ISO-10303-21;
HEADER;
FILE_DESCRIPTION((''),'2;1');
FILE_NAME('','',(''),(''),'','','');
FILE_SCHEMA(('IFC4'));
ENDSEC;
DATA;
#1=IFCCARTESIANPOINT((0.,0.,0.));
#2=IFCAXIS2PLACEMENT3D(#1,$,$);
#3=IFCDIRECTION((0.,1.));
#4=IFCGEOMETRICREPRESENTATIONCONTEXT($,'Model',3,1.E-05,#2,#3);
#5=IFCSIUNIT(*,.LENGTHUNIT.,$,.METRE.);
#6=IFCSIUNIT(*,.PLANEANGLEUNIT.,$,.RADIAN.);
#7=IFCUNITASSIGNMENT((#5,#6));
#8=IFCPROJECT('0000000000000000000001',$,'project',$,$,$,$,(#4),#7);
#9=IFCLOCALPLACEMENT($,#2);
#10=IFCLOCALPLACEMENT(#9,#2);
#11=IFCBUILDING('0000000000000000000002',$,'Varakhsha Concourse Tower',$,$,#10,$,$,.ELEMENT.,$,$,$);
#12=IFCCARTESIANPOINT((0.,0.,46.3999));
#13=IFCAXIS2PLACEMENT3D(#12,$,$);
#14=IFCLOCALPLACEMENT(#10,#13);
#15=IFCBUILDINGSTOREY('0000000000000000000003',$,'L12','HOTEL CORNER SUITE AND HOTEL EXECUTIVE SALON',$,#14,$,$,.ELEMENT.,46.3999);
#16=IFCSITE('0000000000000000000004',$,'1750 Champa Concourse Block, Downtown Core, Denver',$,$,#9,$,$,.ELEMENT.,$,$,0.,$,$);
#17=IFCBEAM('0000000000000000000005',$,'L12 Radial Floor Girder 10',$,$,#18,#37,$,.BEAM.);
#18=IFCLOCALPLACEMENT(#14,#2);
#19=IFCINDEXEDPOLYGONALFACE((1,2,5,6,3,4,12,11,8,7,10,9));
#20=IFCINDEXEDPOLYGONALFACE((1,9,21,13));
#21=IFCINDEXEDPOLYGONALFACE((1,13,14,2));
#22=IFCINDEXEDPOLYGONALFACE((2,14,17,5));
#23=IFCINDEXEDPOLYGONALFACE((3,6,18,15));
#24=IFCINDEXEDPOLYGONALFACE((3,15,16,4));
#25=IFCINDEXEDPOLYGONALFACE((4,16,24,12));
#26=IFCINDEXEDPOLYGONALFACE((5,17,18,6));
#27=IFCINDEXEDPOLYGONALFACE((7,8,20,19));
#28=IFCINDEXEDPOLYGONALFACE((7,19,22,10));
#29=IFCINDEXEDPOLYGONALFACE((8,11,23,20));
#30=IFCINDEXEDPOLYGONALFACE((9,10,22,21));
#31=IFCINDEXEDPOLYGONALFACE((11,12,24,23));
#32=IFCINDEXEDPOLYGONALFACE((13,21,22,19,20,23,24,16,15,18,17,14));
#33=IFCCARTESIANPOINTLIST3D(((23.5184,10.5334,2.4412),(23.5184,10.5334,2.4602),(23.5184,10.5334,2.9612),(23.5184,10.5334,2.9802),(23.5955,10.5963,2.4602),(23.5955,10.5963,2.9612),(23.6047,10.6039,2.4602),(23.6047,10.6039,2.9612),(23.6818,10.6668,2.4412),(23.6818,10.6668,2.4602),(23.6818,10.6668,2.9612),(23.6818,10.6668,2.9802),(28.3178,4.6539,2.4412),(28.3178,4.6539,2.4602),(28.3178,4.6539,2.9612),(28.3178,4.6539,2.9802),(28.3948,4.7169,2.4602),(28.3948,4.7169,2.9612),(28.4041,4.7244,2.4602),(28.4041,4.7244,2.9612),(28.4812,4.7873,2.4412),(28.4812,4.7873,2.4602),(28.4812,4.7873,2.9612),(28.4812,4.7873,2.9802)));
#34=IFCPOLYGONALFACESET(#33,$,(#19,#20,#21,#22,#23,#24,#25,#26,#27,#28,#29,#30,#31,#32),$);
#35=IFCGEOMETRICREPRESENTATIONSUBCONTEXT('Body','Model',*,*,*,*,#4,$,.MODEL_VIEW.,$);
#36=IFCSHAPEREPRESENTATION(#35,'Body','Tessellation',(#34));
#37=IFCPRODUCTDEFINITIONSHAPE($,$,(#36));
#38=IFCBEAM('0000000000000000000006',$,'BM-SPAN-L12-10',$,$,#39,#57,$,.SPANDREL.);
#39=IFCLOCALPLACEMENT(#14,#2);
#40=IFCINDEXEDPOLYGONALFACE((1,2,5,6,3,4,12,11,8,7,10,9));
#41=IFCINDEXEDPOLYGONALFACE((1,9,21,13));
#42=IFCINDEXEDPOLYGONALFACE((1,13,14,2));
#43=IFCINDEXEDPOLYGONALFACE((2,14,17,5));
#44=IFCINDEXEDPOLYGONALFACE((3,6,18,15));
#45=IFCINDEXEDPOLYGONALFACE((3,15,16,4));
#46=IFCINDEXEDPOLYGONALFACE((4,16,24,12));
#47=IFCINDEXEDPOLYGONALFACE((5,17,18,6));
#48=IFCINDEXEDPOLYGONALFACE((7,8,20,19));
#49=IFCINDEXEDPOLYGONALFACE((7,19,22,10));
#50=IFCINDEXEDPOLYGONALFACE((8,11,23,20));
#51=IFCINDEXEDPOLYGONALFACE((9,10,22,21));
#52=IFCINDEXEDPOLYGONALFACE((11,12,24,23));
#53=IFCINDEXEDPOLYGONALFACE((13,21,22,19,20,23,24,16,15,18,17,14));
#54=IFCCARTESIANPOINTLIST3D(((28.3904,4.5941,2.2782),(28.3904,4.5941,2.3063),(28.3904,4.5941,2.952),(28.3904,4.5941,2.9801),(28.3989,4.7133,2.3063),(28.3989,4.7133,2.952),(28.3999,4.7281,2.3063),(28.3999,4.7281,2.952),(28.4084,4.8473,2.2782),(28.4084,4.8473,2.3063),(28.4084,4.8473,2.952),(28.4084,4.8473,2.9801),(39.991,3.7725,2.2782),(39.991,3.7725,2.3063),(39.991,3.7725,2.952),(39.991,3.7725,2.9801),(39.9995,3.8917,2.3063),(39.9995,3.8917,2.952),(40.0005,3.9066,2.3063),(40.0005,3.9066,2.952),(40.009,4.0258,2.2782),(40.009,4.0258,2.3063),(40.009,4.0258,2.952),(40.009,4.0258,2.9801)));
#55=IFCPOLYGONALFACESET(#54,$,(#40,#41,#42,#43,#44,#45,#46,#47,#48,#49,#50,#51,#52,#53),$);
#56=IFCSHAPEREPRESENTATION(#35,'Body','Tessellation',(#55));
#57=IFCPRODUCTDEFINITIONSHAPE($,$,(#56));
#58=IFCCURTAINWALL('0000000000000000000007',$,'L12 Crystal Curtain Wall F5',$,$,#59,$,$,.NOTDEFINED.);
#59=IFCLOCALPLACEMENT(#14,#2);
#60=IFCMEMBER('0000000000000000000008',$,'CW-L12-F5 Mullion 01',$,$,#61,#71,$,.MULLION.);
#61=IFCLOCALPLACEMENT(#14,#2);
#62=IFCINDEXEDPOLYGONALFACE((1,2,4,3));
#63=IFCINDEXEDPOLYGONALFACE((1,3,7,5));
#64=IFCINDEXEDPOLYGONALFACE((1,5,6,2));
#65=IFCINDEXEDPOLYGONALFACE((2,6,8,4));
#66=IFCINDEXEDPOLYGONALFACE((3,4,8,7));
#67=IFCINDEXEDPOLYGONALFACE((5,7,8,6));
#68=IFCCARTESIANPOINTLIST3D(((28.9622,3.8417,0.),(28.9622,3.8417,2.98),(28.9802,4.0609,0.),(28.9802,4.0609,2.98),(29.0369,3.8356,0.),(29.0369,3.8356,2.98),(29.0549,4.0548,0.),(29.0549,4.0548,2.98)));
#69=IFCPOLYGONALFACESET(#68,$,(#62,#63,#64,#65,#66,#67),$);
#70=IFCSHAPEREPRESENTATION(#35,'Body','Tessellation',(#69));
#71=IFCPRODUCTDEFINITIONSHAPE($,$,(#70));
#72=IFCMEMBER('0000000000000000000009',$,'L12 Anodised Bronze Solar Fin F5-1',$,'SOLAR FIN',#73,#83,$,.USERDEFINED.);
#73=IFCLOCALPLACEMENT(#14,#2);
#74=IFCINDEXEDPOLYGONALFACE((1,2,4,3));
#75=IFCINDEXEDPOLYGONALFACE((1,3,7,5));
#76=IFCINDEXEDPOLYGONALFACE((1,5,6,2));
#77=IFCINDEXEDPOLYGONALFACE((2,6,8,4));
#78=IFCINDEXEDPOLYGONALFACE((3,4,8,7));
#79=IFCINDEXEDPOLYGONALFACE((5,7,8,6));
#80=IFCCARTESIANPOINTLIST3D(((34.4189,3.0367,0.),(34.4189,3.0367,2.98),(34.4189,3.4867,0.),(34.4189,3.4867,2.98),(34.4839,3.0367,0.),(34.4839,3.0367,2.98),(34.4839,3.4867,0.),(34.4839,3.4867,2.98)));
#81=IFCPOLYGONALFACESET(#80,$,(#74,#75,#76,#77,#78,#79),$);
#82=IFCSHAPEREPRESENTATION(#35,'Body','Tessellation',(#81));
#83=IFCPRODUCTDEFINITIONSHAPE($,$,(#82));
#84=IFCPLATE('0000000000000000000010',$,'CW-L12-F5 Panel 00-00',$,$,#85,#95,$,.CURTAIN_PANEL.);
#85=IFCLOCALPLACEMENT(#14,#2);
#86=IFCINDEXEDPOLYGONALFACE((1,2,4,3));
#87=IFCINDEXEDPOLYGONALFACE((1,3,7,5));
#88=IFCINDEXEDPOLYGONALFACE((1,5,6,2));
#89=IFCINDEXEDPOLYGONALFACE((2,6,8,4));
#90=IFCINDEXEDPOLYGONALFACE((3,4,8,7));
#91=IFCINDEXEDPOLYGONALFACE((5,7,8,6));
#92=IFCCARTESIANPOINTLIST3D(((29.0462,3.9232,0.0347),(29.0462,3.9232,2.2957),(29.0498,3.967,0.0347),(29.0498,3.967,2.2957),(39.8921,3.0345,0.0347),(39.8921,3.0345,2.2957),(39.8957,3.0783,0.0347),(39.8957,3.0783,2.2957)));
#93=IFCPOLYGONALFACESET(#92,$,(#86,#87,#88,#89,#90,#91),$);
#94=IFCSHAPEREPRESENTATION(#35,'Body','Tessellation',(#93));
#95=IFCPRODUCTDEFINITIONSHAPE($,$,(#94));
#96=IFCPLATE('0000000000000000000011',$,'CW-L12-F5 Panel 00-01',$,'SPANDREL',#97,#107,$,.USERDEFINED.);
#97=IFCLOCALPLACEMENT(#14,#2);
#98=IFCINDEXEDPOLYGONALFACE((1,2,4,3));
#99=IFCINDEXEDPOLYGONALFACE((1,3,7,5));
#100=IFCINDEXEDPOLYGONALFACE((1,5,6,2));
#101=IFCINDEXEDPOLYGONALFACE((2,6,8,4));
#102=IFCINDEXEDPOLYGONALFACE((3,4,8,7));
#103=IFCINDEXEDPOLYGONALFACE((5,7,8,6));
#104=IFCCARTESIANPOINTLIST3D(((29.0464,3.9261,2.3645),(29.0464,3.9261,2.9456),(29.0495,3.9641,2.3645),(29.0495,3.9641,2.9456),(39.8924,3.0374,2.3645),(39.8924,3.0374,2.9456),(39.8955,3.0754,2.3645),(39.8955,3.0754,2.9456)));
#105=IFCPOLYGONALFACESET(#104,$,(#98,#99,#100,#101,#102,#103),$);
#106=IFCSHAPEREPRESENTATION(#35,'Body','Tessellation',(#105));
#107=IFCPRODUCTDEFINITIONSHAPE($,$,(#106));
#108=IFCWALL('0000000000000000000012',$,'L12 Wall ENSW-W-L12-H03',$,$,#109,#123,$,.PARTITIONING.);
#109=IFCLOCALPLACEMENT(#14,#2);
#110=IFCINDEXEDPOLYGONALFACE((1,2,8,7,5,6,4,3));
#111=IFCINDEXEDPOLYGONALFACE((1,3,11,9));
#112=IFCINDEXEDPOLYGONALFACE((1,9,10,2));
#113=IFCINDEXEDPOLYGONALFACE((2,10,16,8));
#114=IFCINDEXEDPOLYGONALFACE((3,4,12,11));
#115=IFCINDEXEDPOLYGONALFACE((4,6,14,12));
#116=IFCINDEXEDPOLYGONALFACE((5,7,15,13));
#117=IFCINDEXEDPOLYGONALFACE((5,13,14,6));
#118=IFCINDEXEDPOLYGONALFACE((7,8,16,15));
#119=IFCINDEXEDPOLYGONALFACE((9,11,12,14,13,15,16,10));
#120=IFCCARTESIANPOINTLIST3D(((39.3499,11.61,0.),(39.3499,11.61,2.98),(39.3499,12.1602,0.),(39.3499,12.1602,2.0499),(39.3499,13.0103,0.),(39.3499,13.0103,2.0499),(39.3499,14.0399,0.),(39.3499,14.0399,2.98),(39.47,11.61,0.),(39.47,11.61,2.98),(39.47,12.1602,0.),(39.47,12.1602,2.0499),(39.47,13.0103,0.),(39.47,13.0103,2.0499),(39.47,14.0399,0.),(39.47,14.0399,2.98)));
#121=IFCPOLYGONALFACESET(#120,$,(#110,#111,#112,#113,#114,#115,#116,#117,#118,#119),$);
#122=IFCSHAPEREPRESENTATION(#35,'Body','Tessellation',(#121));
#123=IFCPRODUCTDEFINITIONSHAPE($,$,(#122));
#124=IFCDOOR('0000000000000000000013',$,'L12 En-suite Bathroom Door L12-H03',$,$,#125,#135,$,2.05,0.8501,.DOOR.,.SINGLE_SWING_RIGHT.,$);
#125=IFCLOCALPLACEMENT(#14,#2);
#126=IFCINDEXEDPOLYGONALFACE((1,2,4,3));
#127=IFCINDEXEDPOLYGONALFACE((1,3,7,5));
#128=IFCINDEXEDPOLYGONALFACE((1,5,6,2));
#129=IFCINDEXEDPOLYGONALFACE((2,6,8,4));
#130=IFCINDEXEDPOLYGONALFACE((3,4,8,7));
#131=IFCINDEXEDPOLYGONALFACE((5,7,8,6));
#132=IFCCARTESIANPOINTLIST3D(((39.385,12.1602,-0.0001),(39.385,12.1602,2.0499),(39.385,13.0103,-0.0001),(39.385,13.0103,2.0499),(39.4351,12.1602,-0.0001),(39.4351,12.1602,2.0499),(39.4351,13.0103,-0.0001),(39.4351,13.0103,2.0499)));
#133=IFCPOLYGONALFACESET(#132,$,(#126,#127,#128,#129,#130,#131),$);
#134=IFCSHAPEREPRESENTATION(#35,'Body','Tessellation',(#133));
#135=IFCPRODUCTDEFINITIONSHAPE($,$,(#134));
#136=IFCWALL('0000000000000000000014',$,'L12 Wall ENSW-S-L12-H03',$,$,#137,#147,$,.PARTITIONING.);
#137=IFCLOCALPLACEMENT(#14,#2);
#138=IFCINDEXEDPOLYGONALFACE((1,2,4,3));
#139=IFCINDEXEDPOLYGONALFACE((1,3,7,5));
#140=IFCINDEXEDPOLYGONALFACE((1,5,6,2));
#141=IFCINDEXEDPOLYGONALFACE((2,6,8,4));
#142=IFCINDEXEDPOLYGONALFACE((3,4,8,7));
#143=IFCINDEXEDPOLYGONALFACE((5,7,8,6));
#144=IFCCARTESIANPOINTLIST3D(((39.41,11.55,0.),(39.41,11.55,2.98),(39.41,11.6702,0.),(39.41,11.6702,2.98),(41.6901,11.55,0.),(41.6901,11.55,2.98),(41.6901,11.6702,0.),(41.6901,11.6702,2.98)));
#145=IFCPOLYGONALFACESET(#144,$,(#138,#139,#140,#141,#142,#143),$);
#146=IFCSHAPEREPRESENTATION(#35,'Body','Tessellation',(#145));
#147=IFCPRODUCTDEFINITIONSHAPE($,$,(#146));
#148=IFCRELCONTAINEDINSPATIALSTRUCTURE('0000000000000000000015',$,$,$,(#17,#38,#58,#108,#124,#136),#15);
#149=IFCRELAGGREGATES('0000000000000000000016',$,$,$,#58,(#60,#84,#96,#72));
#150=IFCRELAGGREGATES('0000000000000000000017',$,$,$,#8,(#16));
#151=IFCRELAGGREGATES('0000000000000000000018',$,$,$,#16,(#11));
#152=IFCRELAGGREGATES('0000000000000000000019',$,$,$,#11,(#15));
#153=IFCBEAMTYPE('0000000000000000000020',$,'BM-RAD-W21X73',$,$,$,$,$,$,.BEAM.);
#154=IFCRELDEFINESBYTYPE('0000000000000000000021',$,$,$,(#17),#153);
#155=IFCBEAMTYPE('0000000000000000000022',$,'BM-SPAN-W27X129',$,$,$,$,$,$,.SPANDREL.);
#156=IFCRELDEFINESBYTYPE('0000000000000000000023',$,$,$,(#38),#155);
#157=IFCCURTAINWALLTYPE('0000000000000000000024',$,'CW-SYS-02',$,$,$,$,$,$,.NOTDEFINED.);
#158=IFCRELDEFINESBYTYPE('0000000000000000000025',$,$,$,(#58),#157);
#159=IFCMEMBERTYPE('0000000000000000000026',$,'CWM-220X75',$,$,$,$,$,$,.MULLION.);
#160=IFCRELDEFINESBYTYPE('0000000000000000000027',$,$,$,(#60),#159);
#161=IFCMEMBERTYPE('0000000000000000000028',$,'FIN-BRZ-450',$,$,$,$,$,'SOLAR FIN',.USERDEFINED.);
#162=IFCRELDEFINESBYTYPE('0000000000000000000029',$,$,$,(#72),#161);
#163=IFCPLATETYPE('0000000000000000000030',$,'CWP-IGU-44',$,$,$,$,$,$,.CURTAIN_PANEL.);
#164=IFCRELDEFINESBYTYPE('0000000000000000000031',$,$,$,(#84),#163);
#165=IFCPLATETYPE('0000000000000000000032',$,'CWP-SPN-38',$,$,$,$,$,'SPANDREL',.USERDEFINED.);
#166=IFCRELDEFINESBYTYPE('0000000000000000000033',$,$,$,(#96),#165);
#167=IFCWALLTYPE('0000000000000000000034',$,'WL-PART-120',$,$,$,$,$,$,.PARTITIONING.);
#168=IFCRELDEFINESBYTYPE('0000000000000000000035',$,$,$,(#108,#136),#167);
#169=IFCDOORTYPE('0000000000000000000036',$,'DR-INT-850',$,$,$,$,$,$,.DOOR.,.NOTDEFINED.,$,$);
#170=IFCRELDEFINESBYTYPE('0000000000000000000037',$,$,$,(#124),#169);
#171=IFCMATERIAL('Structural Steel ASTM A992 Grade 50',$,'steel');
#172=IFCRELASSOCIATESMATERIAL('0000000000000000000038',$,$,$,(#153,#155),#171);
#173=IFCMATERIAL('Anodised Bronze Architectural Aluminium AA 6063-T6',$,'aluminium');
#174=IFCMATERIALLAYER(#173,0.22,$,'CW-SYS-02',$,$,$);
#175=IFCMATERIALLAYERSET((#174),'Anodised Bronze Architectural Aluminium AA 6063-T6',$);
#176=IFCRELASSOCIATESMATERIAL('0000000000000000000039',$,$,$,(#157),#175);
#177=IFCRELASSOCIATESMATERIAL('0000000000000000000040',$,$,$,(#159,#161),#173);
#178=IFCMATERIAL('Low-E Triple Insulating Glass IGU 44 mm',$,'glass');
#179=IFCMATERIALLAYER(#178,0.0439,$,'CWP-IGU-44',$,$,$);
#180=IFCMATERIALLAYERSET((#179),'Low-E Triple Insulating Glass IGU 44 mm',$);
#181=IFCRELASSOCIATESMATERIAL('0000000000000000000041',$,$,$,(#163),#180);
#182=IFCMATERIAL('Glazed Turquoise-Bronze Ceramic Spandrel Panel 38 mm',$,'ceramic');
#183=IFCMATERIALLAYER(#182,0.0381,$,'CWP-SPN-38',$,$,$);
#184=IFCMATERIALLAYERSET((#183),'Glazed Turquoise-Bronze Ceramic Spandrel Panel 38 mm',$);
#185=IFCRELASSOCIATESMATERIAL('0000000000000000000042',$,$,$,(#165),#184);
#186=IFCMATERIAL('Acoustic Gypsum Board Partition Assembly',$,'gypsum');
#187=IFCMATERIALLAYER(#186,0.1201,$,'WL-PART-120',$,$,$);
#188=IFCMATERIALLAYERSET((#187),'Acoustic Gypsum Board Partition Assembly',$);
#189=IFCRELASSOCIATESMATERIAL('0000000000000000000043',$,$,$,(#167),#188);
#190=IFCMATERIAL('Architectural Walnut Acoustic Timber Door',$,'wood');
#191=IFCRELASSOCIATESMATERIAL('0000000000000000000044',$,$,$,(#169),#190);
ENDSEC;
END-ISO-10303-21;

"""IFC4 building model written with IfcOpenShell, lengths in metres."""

from ifc_helpers import new_model, si_unit, direction, frame, frame_2d, origin, origin_2d, place, context, subcontext, project, spatial, rectangle, i_section, extrude, source, transform, mapped, material, layer, layer_set, material_profile, profile_set, type_object, type_shapes, element, fill, aggregate, save


model = new_model("IFC4")

# Units and contexts
model_context = context("Model", 3, precision=1e-05, world=origin(), true_north=direction((0.0, 1.0)))
body_context = subcontext(model_context, "Body", "Model", "MODEL_VIEW")
ifc_project = project(units=[si_unit("LENGTHUNIT", "METRE"), si_unit("PLANEANGLEUNIT", "RADIAN")], contexts=[model_context])

# Site, building, storey
site_placement = place(None, origin())
site = spatial("IfcSite", under=ifc_project, at=site_placement, Name="1750 Champa Concourse Block, Downtown Core, Denver", CompositionType="ELEMENT", RefElevation=0.0)
building_placement = place(site_placement, origin())
building = spatial("IfcBuilding", under=site, at=building_placement, Name="Varakhsha Concourse Tower", CompositionType="ELEMENT")
storey_placement = place(building_placement, frame((0.0, 0.0, 46.3999)))
storey = spatial("IfcBuildingStorey", under=building, at=storey_placement, Name="L12", Description="HOTEL CORNER SUITE AND HOTEL EXECUTIVE SALON", CompositionType="ELEMENT", Elevation=46.3999)

# Shared definitions
ifc_material_1 = material(Name="Structural Steel ASTM A992 Grade 50", Category="steel")

# Beams
ifc_material_profile_1 = material_profile(ifc_material_1, i_section(OverallWidth=0.2109, OverallDepth=0.5391, WebThickness=0.012, FlangeThickness=0.019, at=origin_2d()), Name="W21X73")
ifc_profile_set_1 = profile_set([ifc_material_profile_1], Name="Structural Steel ASTM A992 Grade 50")
beam_type_1 = type_object("IfcBeamType", Name="BM-RAD-W21X73", PredefinedType="BEAM", material=ifc_profile_set_1)
beam_1_placement = place(storey_placement, frame((23.6001, 10.6001, 2.7107), z_axis=(0.632362, -0.774673, 0.0), x_axis=(0.774673, 0.632362, 0.0)))
element("IfcBeam", 1, at=beam_1_placement, inside=storey, type_object=beam_type_1, Name="L12 Radial Floor Girder 10", PredefinedType="BEAM", context=body_context, shape_type="SweptSolid", body=[
    extrude(i_section(OverallWidth=0.2109, OverallDepth=0.5391, WebThickness=0.012, FlangeThickness=0.019, at=origin_2d()), origin(), (0.0, 0.0, 1.0), 7.5896),
])
ifc_material_profile_2 = material_profile(ifc_material_1, i_section(OverallWidth=0.2539, OverallDepth=0.7019, WebThickness=0.0149, FlangeThickness=0.0281, at=origin_2d()), Name="W27X129")
ifc_profile_set_2 = profile_set([ifc_material_profile_2], Name="Structural Steel ASTM A992 Grade 50")
beam_type_2 = type_object("IfcBeamType", Name="BM-SPAN-W27X129", PredefinedType="SPANDREL", material=ifc_profile_set_2)
beam_2_placement = place(storey_placement, frame((28.3994, 4.7207, 2.6292), z_axis=(0.997502, -0.070641, 0.0), x_axis=(0.070641, 0.997502, 0.0)))
element("IfcBeam", 2, at=beam_2_placement, inside=storey, type_object=beam_type_2, Name="BM-SPAN-L12-10", PredefinedType="SPANDREL", context=body_context, shape_type="SweptSolid", body=[
    extrude(i_section(OverallWidth=0.2539, OverallDepth=0.7019, WebThickness=0.0149, FlangeThickness=0.0281, at=origin_2d()), origin(), (0.0, 0.0, 1.0), 11.6296),
])

# Curtain wall, members, plates
ifc_material_2 = material(Name="Anodised Bronze Architectural Aluminium AA 6063-T6", Category="aluminium")
ifc_layer_1 = layer(ifc_material_2, 0.22, Name="CW-SYS-02")
ifc_layer_set_1 = layer_set([ifc_layer_1], Name="Anodised Bronze Architectural Aluminium AA 6063-T6")
curtain_wall_type = type_object("IfcCurtainWallType", Name="CW-SYS-02", PredefinedType="NOTDEFINED", material=ifc_layer_set_1)
curtain_wall_placement = place(storey_placement, origin())
curtain_wall = element("IfcCurtainWall", 3, at=curtain_wall_placement, inside=storey, type_object=curtain_wall_type, Name="L12 Crystal Curtain Wall F5", PredefinedType="NOTDEFINED")
ifc_material_profile_3 = material_profile(ifc_material_2, rectangle(XDim=0.075, YDim=0.22, at=origin_2d()), Name="CWM-220X75")
ifc_profile_set_3 = profile_set([ifc_material_profile_3], Name="Anodised Bronze Architectural Aluminium AA 6063-T6")
member_type_1 = type_object("IfcMemberType", Name="CWM-220X75", PredefinedType="MULLION", material=ifc_profile_set_3)
shared_shape_1 = source(origin(), body_context, "Body", "SweptSolid", [
    extrude(rectangle(XDim=0.075, YDim=0.22, at=origin_2d()), origin(), (0.0, 0.0, 1.0), 2.98),
])
type_shapes(member_type_1, [shared_shape_1])
member_1_placement = place(storey_placement, frame((29.0085, 3.9482, 0.0), z_axis=(0.0, 0.0, 1.0), x_axis=(-0.99666, 0.081664, 0.0)))
member_1 = element("IfcMember", 4, at=member_1_placement, type_object=member_type_1, Name="CW-L12-F5 Mullion 01", PredefinedType="MULLION", context=body_context, shape_type="MappedRepresentation", body=[
    mapped(shared_shape_1, transform((0.0, 0.0, 0.0), scale=1.0)),
])
ifc_material_profile_4 = material_profile(ifc_material_2, rectangle(XDim=0.0649, YDim=0.45, at=origin_2d()), Name="FIN-BRZ-450")
ifc_profile_set_4 = profile_set([ifc_material_profile_4], Name="Anodised Bronze Architectural Aluminium AA 6063-T6")
member_type_2 = type_object("IfcMemberType", Name="FIN-BRZ-450", ElementType="SOLAR FIN", PredefinedType="USERDEFINED", material=ifc_profile_set_4)
shared_shape_2 = source(origin(), body_context, "Body", "SweptSolid", [
    extrude(rectangle(XDim=0.0649, YDim=0.45, at=origin_2d()), origin(), (0.0, 0.0, 1.0), 2.98),
])
type_shapes(member_type_2, [shared_shape_2])
member_2_placement = place(storey_placement, frame((34.4514, 3.2617, 0.0), z_axis=(0.0, 0.0, 1.0), x_axis=(1.0, 0.0, 0.0)))
member_2 = element("IfcMember", 5, at=member_2_placement, type_object=member_type_2, Name="L12 Anodised Bronze Solar Fin F5-1", ObjectType="SOLAR FIN", PredefinedType="USERDEFINED", context=body_context, shape_type="MappedRepresentation", body=[
    mapped(shared_shape_2, transform((0.0, 0.0, 0.0), scale=1.0)),
])
ifc_material_3 = material(Name="Low-E Triple Insulating Glass IGU 44 mm", Category="glass")
ifc_layer_2 = layer(ifc_material_3, 0.0439, Name="CWP-IGU-44")
ifc_layer_set_2 = layer_set([ifc_layer_2], Name="Low-E Triple Insulating Glass IGU 44 mm")
plate_type_1 = type_object("IfcPlateType", Name="CWP-IGU-44", PredefinedType="CURTAIN_PANEL", material=ifc_layer_set_2)
shared_shape_3 = source(origin(), body_context, "Body", "SweptSolid", [
    extrude(rectangle(XDim=10.8823, YDim=0.0439, at=origin_2d()), origin(), (0.0, 0.0, 1.0), 2.261),
])
type_shapes(plate_type_1, [shared_shape_3])
plate_1_placement = place(storey_placement, frame((34.4709, 3.5007, 0.0347), z_axis=(0.0, 0.0, 1.0), x_axis=(-0.99666, 0.081664, 0.0)))
plate_1 = element("IfcPlate", 6, at=plate_1_placement, type_object=plate_type_1, Name="CW-L12-F5 Panel 00-00", PredefinedType="CURTAIN_PANEL", context=body_context, shape_type="MappedRepresentation", body=[
    mapped(shared_shape_3, transform((0.0, 0.0, 0.0), scale=1.0)),
])
ifc_material_4 = material(Name="Glazed Turquoise-Bronze Ceramic Spandrel Panel 38 mm", Category="ceramic")
ifc_layer_3 = layer(ifc_material_4, 0.0381, Name="CWP-SPN-38")
ifc_layer_set_3 = layer_set([ifc_layer_3], Name="Glazed Turquoise-Bronze Ceramic Spandrel Panel 38 mm")
plate_type_2 = type_object("IfcPlateType", Name="CWP-SPN-38", ElementType="SPANDREL", PredefinedType="USERDEFINED", material=ifc_layer_set_3)
shared_shape_4 = source(origin(), body_context, "Body", "SweptSolid", [
    extrude(rectangle(XDim=10.8823, YDim=0.0381, at=origin_2d()), origin(), (0.0, 0.0, 1.0), 0.5811),
])
type_shapes(plate_type_2, [shared_shape_4])
plate_2_placement = place(storey_placement, frame((34.4709, 3.5007, 2.3645), z_axis=(0.0, 0.0, 1.0), x_axis=(-0.99666, 0.081664, 0.0)))
plate_2 = element("IfcPlate", 7, at=plate_2_placement, type_object=plate_type_2, Name="CW-L12-F5 Panel 00-01", ObjectType="SPANDREL", PredefinedType="USERDEFINED", context=body_context, shape_type="MappedRepresentation", body=[
    mapped(shared_shape_4, transform((0.0, 0.0, 0.0), scale=1.0)),
])
aggregate(curtain_wall, [member_1, plate_1, plate_2, member_2])

# Wall, opening, door
ifc_material_5 = material(Name="Acoustic Gypsum Board Partition Assembly", Category="gypsum")
ifc_layer_4 = layer(ifc_material_5, 0.1201, Name="WL-PART-120")
ifc_layer_set_4 = layer_set([ifc_layer_4], Name="Acoustic Gypsum Board Partition Assembly")
wall_type_1 = type_object("IfcWallType", Name="WL-PART-120", PredefinedType="PARTITIONING", material=ifc_layer_set_4)
wall_1_placement = place(storey_placement, frame((39.4099, 11.6101, 0.0), z_axis=(0.0, 0.0, 1.0), x_axis=(0.0, 1.0, 0.0)))
wall_1 = element("IfcWall", 8, at=wall_1_placement, inside=storey, type_object=wall_type_1, Name="L12 Wall ENSW-W-L12-H03", PredefinedType="PARTITIONING", context=body_context, shape_type="SweptSolid", body=[
    extrude(rectangle(XDim=2.4299, YDim=0.1201, at=frame_2d((1.2148, 0.0))), origin(), (0.0, 0.0, 1.0), 2.98),
])
opening_1_placement = place(wall_1_placement, frame((0.55, 0.0, 0.0)))
opening_1 = element("IfcOpeningElement", 9, at=opening_1_placement, cuts=wall_1, PredefinedType="OPENING", context=body_context, shape_type="SweptSolid", body=[
    extrude(rectangle(XDim=0.8501, YDim=2.05, at=frame_2d((0.425, 1.0249))), frame((0.0, 0.0701, 0.0), z_axis=(0.0, -1.0, 0.0), x_axis=(1.0, 0.0, 0.0)), (0.0, 0.0, 1.0), 0.1401),
])
ifc_material_6 = material(Name="Architectural Walnut Acoustic Timber Door", Category="wood")
door_type_1 = type_object("IfcDoorType", Name="DR-INT-850", OperationType="NOTDEFINED", PredefinedType="DOOR", material=ifc_material_6)
door_1_placement = place(opening_1_placement, origin())
door_1 = element("IfcDoor", 10, at=door_1_placement, inside=storey, type_object=door_type_1, Name="L12 En-suite Bathroom Door L12-H03", OperationType="SINGLE_SWING_RIGHT", OverallHeight=2.05, OverallWidth=0.8501, PredefinedType="DOOR", context=body_context, shape_type="SweptSolid", body=[
    extrude(rectangle(XDim=0.8501, YDim=2.05, at=frame_2d((0.425, 1.0249))), frame((0.0, 0.0249, 0.0), z_axis=(0.0, -1.0, 0.0), x_axis=(1.0, 0.0, 0.0)), (0.0, 0.0, 1.0), 0.05),
])
fill(opening_1, door_1)

# Wall
wall_2_placement = place(storey_placement, frame((39.4099, 11.6101, 0.0), z_axis=(0.0, 0.0, 1.0), x_axis=(1.0, 0.0, 0.0)))
element("IfcWall", 11, at=wall_2_placement, inside=storey, type_object=wall_type_1, Name="L12 Wall ENSW-S-L12-H03", PredefinedType="PARTITIONING", context=body_context, shape_type="SweptSolid", body=[
    extrude(rectangle(XDim=2.28, YDim=0.1201, at=frame_2d((1.1401, 0.0))), origin(), (0.0, 0.0, 1.0), 2.98),
])

save(model, "model.ifc")
